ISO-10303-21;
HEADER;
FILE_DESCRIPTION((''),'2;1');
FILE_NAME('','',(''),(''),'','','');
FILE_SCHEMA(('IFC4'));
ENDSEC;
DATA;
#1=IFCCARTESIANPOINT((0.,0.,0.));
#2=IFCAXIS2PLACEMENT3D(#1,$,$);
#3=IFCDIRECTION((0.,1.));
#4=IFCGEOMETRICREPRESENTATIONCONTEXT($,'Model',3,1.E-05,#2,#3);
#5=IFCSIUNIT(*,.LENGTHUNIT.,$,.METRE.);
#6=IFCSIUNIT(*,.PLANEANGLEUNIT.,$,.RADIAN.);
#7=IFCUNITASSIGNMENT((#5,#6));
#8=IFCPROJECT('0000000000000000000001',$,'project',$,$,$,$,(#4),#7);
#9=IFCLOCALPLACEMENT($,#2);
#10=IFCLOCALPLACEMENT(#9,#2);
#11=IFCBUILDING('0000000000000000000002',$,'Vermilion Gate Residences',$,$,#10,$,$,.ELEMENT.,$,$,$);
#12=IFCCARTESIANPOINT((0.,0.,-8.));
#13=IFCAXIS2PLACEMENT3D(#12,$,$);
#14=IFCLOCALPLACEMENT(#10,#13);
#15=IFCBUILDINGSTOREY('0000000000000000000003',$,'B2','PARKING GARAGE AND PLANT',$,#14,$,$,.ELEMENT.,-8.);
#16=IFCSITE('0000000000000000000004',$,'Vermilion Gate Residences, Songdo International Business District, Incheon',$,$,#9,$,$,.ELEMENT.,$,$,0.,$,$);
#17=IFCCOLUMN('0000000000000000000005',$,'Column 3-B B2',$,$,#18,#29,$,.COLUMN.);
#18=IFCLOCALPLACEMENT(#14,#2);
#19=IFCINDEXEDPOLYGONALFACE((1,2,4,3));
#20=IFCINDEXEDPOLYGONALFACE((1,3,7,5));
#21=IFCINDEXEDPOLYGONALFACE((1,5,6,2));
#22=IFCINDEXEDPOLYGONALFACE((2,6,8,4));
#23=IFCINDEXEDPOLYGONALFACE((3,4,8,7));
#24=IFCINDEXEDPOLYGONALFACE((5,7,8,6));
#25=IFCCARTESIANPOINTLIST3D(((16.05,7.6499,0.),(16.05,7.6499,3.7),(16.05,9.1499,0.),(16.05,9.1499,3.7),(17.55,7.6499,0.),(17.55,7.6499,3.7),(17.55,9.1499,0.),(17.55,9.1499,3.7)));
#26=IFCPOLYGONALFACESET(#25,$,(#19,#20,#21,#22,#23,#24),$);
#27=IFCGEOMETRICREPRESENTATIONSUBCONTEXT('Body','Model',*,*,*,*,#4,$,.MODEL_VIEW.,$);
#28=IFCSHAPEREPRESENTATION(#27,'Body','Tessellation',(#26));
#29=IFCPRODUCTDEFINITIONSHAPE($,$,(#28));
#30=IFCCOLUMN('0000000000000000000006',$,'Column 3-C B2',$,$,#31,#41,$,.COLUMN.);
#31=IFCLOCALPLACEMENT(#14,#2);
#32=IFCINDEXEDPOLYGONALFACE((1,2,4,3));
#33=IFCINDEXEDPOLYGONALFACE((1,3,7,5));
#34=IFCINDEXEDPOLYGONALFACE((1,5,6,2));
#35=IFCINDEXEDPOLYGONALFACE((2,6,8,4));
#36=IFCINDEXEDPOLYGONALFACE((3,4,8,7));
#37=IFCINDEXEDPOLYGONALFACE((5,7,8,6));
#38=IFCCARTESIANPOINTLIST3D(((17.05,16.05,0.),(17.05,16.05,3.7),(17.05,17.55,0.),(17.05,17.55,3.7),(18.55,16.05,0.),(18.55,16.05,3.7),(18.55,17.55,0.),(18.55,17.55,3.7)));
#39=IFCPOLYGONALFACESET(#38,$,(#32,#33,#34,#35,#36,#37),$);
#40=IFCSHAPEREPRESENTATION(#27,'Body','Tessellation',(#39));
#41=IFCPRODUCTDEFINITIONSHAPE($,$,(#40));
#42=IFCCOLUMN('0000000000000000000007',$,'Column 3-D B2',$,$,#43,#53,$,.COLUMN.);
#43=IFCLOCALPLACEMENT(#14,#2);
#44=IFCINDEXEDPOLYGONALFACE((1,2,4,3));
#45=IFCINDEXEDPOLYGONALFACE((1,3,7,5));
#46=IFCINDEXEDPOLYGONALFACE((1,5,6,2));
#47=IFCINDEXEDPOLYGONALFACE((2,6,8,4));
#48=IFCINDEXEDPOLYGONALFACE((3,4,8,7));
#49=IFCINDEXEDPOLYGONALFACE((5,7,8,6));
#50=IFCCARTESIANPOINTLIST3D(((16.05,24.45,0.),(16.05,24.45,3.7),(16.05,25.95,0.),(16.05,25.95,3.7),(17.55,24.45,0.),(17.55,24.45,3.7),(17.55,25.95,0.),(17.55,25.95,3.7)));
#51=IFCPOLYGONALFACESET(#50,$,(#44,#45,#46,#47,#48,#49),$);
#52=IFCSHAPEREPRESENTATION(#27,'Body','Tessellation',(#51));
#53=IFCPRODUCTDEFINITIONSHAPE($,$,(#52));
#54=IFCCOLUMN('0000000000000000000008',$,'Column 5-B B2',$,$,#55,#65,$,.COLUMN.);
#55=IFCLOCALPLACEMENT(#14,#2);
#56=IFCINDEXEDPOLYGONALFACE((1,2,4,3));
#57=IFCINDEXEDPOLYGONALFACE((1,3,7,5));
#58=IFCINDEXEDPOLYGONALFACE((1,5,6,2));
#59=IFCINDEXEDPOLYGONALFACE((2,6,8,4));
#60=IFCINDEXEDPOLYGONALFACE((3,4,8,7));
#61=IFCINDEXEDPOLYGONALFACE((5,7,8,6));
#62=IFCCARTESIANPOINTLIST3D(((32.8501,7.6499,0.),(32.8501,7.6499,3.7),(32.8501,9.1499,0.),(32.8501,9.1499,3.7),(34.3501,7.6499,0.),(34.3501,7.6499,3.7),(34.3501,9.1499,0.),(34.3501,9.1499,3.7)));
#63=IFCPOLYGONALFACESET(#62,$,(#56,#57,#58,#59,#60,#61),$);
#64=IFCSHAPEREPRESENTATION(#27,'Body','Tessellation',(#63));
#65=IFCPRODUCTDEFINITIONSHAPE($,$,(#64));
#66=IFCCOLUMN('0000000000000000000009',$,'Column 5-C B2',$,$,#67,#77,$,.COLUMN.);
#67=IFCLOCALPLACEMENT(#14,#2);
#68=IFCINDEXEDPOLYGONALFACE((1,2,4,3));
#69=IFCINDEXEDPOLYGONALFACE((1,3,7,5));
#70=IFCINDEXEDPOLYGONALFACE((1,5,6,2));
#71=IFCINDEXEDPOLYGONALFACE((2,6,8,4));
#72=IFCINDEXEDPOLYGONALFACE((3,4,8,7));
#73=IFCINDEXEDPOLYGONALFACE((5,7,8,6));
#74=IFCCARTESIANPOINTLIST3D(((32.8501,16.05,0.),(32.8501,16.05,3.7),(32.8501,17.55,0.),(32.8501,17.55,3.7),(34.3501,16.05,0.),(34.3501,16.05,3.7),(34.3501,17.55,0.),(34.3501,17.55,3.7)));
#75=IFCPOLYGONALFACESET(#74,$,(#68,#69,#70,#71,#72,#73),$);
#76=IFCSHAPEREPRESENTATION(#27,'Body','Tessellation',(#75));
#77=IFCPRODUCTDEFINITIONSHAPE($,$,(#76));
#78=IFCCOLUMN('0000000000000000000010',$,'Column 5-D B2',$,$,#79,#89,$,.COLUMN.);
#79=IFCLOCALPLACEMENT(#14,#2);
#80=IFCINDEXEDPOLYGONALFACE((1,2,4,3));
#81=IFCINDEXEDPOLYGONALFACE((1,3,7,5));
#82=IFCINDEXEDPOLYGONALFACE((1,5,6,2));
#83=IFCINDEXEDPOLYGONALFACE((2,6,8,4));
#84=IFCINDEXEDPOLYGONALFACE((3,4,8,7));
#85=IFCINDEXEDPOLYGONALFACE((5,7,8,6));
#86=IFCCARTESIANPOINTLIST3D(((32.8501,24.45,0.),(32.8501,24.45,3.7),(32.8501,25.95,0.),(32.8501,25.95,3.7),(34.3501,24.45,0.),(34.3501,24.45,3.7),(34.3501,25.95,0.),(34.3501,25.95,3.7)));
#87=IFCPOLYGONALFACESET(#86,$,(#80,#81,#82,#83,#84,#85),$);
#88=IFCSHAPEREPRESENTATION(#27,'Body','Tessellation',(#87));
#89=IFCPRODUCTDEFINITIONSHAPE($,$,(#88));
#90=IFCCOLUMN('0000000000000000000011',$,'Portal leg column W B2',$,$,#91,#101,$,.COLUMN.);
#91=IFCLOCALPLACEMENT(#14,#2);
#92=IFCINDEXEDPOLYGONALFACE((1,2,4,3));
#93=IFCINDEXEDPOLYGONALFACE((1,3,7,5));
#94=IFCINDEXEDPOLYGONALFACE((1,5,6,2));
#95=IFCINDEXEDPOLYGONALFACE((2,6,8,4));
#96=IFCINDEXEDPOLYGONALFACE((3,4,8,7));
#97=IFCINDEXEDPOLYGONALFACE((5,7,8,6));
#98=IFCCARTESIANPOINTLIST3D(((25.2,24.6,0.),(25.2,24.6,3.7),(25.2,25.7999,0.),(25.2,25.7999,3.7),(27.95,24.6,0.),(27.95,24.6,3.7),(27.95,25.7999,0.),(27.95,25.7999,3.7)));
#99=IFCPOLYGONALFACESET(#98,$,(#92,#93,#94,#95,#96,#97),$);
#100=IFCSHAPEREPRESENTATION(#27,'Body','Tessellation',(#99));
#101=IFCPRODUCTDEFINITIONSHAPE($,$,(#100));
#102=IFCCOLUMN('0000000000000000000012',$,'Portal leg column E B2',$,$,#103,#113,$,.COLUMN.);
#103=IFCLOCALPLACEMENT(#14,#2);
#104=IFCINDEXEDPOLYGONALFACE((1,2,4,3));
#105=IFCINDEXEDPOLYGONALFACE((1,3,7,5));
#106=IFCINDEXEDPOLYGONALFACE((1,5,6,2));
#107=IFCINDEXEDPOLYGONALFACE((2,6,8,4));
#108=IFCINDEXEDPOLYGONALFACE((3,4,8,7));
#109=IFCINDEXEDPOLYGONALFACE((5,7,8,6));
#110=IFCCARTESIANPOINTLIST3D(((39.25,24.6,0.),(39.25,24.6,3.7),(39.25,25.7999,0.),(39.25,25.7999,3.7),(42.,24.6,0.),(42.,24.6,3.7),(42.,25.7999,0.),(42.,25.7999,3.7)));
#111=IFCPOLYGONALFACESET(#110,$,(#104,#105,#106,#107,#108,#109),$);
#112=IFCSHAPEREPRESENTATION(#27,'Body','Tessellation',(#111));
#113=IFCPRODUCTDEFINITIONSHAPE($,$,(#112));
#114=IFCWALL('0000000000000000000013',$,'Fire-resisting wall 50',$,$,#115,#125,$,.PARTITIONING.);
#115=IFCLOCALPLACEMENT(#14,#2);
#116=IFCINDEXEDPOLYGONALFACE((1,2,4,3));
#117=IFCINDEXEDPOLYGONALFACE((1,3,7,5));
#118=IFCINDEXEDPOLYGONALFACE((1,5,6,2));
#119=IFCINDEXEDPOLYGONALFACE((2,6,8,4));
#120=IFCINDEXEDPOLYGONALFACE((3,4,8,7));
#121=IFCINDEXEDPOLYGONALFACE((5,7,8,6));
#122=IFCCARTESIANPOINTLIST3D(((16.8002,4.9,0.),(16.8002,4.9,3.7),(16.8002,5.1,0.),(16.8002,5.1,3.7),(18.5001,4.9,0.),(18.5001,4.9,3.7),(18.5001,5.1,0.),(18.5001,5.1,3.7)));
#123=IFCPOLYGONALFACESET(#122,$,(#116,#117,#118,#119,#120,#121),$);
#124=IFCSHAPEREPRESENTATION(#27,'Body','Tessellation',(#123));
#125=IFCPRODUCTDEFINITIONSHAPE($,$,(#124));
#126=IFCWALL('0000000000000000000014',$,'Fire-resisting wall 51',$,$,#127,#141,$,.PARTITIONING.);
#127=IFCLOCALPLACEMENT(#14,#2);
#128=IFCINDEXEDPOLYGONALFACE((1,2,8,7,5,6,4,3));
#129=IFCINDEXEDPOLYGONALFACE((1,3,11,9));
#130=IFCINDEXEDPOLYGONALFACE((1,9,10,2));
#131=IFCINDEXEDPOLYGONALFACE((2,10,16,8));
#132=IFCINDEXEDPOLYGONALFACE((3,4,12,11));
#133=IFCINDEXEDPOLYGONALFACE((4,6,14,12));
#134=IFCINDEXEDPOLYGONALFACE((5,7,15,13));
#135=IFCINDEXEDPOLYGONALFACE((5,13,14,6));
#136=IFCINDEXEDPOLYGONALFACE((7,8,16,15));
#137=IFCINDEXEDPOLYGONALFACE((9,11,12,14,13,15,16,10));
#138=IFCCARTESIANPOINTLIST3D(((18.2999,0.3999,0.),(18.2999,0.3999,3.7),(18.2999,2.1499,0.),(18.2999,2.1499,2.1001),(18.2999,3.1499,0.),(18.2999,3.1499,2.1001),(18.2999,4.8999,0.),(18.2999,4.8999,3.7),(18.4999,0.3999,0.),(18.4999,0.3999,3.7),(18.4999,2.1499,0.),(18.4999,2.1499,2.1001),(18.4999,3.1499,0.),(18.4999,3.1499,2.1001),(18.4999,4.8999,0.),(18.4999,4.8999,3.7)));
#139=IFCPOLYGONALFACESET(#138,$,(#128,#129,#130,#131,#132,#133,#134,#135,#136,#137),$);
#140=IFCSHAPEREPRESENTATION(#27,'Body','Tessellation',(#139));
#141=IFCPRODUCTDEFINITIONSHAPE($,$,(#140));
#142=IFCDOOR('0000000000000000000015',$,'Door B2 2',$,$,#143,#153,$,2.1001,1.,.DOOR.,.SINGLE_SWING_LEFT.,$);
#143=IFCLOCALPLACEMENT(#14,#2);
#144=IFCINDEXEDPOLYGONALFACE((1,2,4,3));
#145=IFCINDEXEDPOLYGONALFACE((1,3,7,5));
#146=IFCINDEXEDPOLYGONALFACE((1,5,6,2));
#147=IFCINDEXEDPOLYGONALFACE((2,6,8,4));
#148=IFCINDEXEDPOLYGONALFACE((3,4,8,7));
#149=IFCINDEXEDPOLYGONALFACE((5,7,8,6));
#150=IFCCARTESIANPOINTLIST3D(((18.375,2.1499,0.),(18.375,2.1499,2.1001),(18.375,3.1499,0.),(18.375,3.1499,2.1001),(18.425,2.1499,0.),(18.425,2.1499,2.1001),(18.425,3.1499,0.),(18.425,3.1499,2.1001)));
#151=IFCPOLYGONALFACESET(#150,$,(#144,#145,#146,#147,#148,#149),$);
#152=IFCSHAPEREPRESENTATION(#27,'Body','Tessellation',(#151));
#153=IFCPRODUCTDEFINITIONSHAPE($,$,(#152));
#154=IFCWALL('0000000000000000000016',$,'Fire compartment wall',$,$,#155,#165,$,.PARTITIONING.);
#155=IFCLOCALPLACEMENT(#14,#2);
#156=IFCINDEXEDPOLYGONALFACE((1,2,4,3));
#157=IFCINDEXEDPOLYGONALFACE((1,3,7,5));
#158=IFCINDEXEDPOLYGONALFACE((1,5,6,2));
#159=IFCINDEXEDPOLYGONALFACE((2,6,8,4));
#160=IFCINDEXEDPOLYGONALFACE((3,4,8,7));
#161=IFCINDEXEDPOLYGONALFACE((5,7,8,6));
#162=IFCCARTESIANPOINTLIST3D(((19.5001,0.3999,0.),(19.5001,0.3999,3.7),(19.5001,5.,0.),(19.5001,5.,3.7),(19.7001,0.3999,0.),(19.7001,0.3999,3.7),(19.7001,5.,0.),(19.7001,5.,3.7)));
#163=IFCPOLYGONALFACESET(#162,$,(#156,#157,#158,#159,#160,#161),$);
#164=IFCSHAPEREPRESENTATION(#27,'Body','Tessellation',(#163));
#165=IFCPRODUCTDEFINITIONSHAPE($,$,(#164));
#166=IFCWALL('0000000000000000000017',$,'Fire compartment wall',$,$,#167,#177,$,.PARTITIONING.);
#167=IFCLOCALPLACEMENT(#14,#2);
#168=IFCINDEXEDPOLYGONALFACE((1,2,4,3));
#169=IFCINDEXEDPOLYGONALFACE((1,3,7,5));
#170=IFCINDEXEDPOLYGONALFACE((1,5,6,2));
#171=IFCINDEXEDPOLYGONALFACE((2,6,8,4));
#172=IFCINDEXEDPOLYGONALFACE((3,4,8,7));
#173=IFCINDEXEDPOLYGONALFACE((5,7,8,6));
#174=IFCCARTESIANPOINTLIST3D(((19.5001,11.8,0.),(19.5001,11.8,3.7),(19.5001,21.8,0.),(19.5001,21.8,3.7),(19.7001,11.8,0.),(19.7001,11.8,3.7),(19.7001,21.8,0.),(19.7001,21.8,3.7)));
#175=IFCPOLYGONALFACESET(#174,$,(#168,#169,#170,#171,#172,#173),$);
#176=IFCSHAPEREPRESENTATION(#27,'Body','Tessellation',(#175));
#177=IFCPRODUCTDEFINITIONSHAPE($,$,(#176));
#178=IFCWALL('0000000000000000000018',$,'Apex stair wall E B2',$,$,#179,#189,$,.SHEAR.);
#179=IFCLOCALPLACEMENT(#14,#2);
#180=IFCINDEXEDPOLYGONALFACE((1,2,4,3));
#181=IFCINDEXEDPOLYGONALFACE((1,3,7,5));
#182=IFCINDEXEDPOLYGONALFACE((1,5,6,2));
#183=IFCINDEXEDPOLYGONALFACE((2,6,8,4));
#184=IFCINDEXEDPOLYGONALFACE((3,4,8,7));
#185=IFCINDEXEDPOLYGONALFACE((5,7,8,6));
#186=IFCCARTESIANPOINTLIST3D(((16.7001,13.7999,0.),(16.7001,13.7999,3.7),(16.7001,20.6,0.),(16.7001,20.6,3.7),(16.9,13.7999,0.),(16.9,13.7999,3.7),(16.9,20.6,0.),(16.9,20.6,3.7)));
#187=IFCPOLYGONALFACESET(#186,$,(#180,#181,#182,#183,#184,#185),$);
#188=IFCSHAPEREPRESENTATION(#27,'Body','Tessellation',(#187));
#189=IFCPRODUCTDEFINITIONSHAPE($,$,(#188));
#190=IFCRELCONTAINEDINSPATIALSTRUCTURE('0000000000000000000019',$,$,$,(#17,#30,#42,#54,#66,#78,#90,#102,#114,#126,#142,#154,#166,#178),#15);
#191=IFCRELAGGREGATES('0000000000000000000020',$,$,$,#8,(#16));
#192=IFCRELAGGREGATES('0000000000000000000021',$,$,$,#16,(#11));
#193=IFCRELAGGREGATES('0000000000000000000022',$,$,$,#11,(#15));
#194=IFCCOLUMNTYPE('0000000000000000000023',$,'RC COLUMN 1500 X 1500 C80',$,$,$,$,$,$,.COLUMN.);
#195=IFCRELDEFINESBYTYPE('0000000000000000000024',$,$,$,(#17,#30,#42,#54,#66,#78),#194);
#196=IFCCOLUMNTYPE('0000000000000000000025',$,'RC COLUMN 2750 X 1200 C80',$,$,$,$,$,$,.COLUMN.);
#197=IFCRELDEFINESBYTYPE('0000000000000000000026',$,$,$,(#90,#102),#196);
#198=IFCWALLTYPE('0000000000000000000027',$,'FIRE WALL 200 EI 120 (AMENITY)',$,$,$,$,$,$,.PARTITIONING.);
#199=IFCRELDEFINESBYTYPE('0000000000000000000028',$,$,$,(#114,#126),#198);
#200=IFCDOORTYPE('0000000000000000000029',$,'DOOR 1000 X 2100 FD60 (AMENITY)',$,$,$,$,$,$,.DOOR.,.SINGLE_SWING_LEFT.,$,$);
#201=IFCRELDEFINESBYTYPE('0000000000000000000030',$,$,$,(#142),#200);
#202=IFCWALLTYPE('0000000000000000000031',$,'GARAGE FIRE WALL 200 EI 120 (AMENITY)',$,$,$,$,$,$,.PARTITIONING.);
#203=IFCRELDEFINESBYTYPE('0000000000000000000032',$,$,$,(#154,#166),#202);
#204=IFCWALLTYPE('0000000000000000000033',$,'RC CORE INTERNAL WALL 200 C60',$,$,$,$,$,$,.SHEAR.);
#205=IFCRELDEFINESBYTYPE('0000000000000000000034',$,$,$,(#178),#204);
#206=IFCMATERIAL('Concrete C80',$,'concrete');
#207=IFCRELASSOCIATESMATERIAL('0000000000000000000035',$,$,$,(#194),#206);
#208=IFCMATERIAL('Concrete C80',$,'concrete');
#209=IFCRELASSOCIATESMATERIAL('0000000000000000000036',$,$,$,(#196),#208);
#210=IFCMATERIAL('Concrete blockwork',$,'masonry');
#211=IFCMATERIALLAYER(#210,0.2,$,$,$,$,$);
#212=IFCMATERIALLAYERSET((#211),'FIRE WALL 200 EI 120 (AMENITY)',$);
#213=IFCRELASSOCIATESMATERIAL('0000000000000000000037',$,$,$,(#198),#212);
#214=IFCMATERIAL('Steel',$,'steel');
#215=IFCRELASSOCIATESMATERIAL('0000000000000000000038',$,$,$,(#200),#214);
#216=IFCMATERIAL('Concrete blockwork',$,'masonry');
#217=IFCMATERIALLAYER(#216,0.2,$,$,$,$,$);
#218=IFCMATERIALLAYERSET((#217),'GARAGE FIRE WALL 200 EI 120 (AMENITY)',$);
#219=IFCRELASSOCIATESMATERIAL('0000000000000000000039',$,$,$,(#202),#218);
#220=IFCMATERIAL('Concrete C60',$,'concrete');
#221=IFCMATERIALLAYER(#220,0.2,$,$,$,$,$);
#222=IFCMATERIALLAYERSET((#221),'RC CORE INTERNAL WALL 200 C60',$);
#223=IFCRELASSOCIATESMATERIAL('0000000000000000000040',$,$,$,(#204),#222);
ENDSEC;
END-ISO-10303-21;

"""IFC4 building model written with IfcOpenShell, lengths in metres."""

from ifc_helpers import new_model, si_unit, direction, frame, frame_2d, origin, origin_2d, place, context, subcontext, project, spatial, rectangle, extrude, material, layer, layer_set, material_profile, profile_set, type_object, element, fill, save


model = new_model("IFC4")

# Units and contexts
model_context = context("Model", 3, precision=1e-05, world=origin(), true_north=direction((0.0, 1.0)))
body_context = subcontext(model_context, "Body", "Model", "MODEL_VIEW")
ifc_project = project(units=[si_unit("LENGTHUNIT", "METRE"), si_unit("PLANEANGLEUNIT", "RADIAN")], contexts=[model_context])

# Site, building, storey
site_placement = place(None, origin())
site = spatial("IfcSite", under=ifc_project, at=site_placement, Name="Vermilion Gate Residences, Songdo International Business District, Incheon", CompositionType="ELEMENT", RefElevation=0.0)
building_placement = place(site_placement, origin())
building = spatial("IfcBuilding", under=site, at=building_placement, Name="Vermilion Gate Residences", CompositionType="ELEMENT")
storey_placement = place(building_placement, frame((0.0, 0.0, -8.0)))
storey = spatial("IfcBuildingStorey", under=building, at=storey_placement, Name="B2", Description="PARKING GARAGE AND PLANT", CompositionType="ELEMENT", Elevation=-8.0)

# Columns
ifc_material_1 = material(Name="Concrete C80", Category="concrete")
ifc_material_profile_1 = material_profile(ifc_material_1, rectangle(XDim=1.5, YDim=1.5, at=origin_2d()), Name="RC-1500x1500")
ifc_profile_set_1 = profile_set([ifc_material_profile_1], Name="Concrete C80")
column_type_1 = type_object("IfcColumnType", Name="RC COLUMN 1500 X 1500 C80", PredefinedType="COLUMN", material=ifc_profile_set_1)
for number, where, z_axis, x_axis, name in (
    (1, (16.8, 8.3999, 0.0), (0.0, 0.0, 1.0), (1.0, 0.0, 0.0), "Column 3-B B2"),
    (2, (17.8, 16.8, 0.0), (0.0, 0.0, 1.0), (1.0, 0.0, 0.0), "Column 3-C B2"),
    (3, (16.8, 25.2, 0.0), (0.0, 0.0, 1.0), (1.0, 0.0, 0.0), "Column 3-D B2"),
    (4, (33.6001, 8.3999, 0.0), (0.0, 0.0, 1.0), (1.0, 0.0, 0.0), "Column 5-B B2"),
    (5, (33.6001, 16.8, 0.0), (0.0, 0.0, 1.0), (1.0, 0.0, 0.0), "Column 5-C B2"),
    (6, (33.6001, 25.2, 0.0), (0.0, 0.0, 1.0), (1.0, 0.0, 0.0), "Column 5-D B2"),
):
    element("IfcColumn", number, at=place(storey_placement, frame(where, z_axis=z_axis, x_axis=x_axis)), inside=storey, type_object=column_type_1, Name=name, PredefinedType="COLUMN", context=body_context, shape_type="SweptSolid", body=[
        extrude(rectangle(XDim=1.5, YDim=1.5, at=origin_2d()), origin(), (0.0, 0.0, 1.0), 3.7),
    ])
ifc_material_2 = material(Name="Concrete C80", Category="concrete")
ifc_material_profile_2 = material_profile(ifc_material_2, rectangle(XDim=2.75, YDim=1.2, at=origin_2d()), Name="RC-2750x1200")
ifc_profile_set_2 = profile_set([ifc_material_profile_2], Name="Concrete C80")
column_type_2 = type_object("IfcColumnType", Name="RC COLUMN 2750 X 1200 C80", PredefinedType="COLUMN", material=ifc_profile_set_2)
for number, where, z_axis, x_axis, name in (
    (7, (26.575, 25.2, 0.0), (0.0, 0.0, 1.0), (1.0, 0.0, 0.0), "Portal leg column W B2"),
    (8, (40.625, 25.2, 0.0), (0.0, 0.0, 1.0), (1.0, 0.0, 0.0), "Portal leg column E B2"),
):
    element("IfcColumn", number, at=place(storey_placement, frame(where, z_axis=z_axis, x_axis=x_axis)), inside=storey, type_object=column_type_2, Name=name, PredefinedType="COLUMN", context=body_context, shape_type="SweptSolid", body=[
        extrude(rectangle(XDim=2.75, YDim=1.2, at=origin_2d()), origin(), (0.0, 0.0, 1.0), 3.7),
    ])

# Wall
ifc_material_3 = material(Name="Concrete blockwork", Category="masonry")
ifc_layer_1 = layer(ifc_material_3, 0.2)
ifc_layer_set_1 = layer_set([ifc_layer_1], Name="FIRE WALL 200 EI 120 (AMENITY)")
wall_type_1 = type_object("IfcWallType", Name="FIRE WALL 200 EI 120 (AMENITY)", PredefinedType="PARTITIONING", material=ifc_layer_set_1)
wall_1_placement = place(storey_placement, frame((16.8, 5.0, 0.0), z_axis=(0.0, 0.0, 1.0), x_axis=(1.0, 0.0, 0.0)))
element("IfcWall", 9, at=wall_1_placement, inside=storey, type_object=wall_type_1, Name="Fire-resisting wall 50", PredefinedType="PARTITIONING", context=body_context, shape_type="SweptSolid", body=[
    extrude(rectangle(XDim=1.7, YDim=0.2, at=frame_2d((0.8501, 0.0))), origin(), (0.0, 0.0, 1.0), 3.7),
])

# Wall, opening, door
wall_2_placement = place(storey_placement, frame((18.3999, 0.3999, 0.0), z_axis=(0.0, 0.0, 1.0), x_axis=(0.0, 1.0, 0.0)))
wall_2 = element("IfcWall", 10, at=wall_2_placement, inside=storey, type_object=wall_type_1, Name="Fire-resisting wall 51", PredefinedType="PARTITIONING", context=body_context, shape_type="SweptSolid", body=[
    extrude(rectangle(XDim=4.5, YDim=0.2, at=frame_2d((2.25, 0.0))), origin(), (0.0, 0.0, 1.0), 3.7),
])
opening_1_placement = place(wall_2_placement, frame((1.75, 0.0, 0.0)))
opening_1 = element("IfcOpeningElement", 11, at=opening_1_placement, cuts=wall_2, PredefinedType="OPENING", context=body_context, shape_type="SweptSolid", body=[
    extrude(rectangle(XDim=1.0, YDim=2.1001, at=frame_2d((0.5, 1.05))), frame((0.0, 0.1099, 0.0), z_axis=(0.0, -1.0, 0.0), x_axis=(1.0, 0.0, 0.0)), (0.0, 0.0, 1.0), 0.22),
])
ifc_material_4 = material(Name="Steel", Category="steel")
door_type_1 = type_object("IfcDoorType", Name="DOOR 1000 X 2100 FD60 (AMENITY)", OperationType="SINGLE_SWING_LEFT", PredefinedType="DOOR", material=ifc_material_4)
door_1_placement = place(opening_1_placement, origin())
door_1 = element("IfcDoor", 12, at=door_1_placement, inside=storey, type_object=door_type_1, Name="Door B2 2", OperationType="SINGLE_SWING_LEFT", OverallHeight=2.1001, OverallWidth=1.0, PredefinedType="DOOR", context=body_context, shape_type="SweptSolid", body=[
    extrude(rectangle(XDim=1.0, YDim=2.1001, at=frame_2d((0.5, 1.05))), frame((0.0, 0.0249, 0.0), z_axis=(0.0, -1.0, 0.0), x_axis=(1.0, 0.0, 0.0)), (0.0, 0.0, 1.0), 0.05),
])
fill(opening_1, door_1)

# Wall
ifc_material_5 = material(Name="Concrete blockwork", Category="masonry")
ifc_layer_2 = layer(ifc_material_5, 0.2)
ifc_layer_set_2 = layer_set([ifc_layer_2], Name="GARAGE FIRE WALL 200 EI 120 (AMENITY)")
wall_type_2 = type_object("IfcWallType", Name="GARAGE FIRE WALL 200 EI 120 (AMENITY)", PredefinedType="PARTITIONING", material=ifc_layer_set_2)
wall_3_placement = place(storey_placement, frame((19.6001, 0.3999, 0.0), z_axis=(0.0, 0.0, 1.0), x_axis=(0.0, 1.0, 0.0)))
element("IfcWall", 13, at=wall_3_placement, inside=storey, type_object=wall_type_2, Name="Fire compartment wall", PredefinedType="PARTITIONING", context=body_context, shape_type="SweptSolid", body=[
    extrude(rectangle(XDim=4.6001, YDim=0.2, at=frame_2d((2.3, 0.0))), origin(), (0.0, 0.0, 1.0), 3.7),
])

# Wall
wall_4_placement = place(storey_placement, frame((19.6001, 11.8, 0.0), z_axis=(0.0, 0.0, 1.0), x_axis=(0.0, 1.0, 0.0)))
element("IfcWall", 14, at=wall_4_placement, inside=storey, type_object=wall_type_2, Name="Fire compartment wall", PredefinedType="PARTITIONING", context=body_context, shape_type="SweptSolid", body=[
    extrude(rectangle(XDim=10.0, YDim=0.2, at=frame_2d((5.0, 0.0))), origin(), (0.0, 0.0, 1.0), 3.7),
])

# Wall
ifc_material_6 = material(Name="Concrete C60", Category="concrete")
ifc_layer_3 = layer(ifc_material_6, 0.2)
ifc_layer_set_3 = layer_set([ifc_layer_3], Name="RC CORE INTERNAL WALL 200 C60")
wall_type_3 = type_object("IfcWallType", Name="RC CORE INTERNAL WALL 200 C60", PredefinedType="SHEAR", material=ifc_layer_set_3)
wall_5_placement = place(storey_placement, frame((16.8, 13.8, 0.0), z_axis=(0.0, 0.0, 1.0), x_axis=(0.0, 1.0, 0.0)))
element("IfcWall", 15, at=wall_5_placement, inside=storey, type_object=wall_type_3, Name="Apex stair wall E B2", PredefinedType="SHEAR", context=body_context, shape_type="SweptSolid", body=[
    extrude(rectangle(XDim=6.8, YDim=0.2, at=frame_2d((3.3999, 0.0))), origin(), (0.0, 0.0, 1.0), 3.7),
])

save(model, "model.ifc")
